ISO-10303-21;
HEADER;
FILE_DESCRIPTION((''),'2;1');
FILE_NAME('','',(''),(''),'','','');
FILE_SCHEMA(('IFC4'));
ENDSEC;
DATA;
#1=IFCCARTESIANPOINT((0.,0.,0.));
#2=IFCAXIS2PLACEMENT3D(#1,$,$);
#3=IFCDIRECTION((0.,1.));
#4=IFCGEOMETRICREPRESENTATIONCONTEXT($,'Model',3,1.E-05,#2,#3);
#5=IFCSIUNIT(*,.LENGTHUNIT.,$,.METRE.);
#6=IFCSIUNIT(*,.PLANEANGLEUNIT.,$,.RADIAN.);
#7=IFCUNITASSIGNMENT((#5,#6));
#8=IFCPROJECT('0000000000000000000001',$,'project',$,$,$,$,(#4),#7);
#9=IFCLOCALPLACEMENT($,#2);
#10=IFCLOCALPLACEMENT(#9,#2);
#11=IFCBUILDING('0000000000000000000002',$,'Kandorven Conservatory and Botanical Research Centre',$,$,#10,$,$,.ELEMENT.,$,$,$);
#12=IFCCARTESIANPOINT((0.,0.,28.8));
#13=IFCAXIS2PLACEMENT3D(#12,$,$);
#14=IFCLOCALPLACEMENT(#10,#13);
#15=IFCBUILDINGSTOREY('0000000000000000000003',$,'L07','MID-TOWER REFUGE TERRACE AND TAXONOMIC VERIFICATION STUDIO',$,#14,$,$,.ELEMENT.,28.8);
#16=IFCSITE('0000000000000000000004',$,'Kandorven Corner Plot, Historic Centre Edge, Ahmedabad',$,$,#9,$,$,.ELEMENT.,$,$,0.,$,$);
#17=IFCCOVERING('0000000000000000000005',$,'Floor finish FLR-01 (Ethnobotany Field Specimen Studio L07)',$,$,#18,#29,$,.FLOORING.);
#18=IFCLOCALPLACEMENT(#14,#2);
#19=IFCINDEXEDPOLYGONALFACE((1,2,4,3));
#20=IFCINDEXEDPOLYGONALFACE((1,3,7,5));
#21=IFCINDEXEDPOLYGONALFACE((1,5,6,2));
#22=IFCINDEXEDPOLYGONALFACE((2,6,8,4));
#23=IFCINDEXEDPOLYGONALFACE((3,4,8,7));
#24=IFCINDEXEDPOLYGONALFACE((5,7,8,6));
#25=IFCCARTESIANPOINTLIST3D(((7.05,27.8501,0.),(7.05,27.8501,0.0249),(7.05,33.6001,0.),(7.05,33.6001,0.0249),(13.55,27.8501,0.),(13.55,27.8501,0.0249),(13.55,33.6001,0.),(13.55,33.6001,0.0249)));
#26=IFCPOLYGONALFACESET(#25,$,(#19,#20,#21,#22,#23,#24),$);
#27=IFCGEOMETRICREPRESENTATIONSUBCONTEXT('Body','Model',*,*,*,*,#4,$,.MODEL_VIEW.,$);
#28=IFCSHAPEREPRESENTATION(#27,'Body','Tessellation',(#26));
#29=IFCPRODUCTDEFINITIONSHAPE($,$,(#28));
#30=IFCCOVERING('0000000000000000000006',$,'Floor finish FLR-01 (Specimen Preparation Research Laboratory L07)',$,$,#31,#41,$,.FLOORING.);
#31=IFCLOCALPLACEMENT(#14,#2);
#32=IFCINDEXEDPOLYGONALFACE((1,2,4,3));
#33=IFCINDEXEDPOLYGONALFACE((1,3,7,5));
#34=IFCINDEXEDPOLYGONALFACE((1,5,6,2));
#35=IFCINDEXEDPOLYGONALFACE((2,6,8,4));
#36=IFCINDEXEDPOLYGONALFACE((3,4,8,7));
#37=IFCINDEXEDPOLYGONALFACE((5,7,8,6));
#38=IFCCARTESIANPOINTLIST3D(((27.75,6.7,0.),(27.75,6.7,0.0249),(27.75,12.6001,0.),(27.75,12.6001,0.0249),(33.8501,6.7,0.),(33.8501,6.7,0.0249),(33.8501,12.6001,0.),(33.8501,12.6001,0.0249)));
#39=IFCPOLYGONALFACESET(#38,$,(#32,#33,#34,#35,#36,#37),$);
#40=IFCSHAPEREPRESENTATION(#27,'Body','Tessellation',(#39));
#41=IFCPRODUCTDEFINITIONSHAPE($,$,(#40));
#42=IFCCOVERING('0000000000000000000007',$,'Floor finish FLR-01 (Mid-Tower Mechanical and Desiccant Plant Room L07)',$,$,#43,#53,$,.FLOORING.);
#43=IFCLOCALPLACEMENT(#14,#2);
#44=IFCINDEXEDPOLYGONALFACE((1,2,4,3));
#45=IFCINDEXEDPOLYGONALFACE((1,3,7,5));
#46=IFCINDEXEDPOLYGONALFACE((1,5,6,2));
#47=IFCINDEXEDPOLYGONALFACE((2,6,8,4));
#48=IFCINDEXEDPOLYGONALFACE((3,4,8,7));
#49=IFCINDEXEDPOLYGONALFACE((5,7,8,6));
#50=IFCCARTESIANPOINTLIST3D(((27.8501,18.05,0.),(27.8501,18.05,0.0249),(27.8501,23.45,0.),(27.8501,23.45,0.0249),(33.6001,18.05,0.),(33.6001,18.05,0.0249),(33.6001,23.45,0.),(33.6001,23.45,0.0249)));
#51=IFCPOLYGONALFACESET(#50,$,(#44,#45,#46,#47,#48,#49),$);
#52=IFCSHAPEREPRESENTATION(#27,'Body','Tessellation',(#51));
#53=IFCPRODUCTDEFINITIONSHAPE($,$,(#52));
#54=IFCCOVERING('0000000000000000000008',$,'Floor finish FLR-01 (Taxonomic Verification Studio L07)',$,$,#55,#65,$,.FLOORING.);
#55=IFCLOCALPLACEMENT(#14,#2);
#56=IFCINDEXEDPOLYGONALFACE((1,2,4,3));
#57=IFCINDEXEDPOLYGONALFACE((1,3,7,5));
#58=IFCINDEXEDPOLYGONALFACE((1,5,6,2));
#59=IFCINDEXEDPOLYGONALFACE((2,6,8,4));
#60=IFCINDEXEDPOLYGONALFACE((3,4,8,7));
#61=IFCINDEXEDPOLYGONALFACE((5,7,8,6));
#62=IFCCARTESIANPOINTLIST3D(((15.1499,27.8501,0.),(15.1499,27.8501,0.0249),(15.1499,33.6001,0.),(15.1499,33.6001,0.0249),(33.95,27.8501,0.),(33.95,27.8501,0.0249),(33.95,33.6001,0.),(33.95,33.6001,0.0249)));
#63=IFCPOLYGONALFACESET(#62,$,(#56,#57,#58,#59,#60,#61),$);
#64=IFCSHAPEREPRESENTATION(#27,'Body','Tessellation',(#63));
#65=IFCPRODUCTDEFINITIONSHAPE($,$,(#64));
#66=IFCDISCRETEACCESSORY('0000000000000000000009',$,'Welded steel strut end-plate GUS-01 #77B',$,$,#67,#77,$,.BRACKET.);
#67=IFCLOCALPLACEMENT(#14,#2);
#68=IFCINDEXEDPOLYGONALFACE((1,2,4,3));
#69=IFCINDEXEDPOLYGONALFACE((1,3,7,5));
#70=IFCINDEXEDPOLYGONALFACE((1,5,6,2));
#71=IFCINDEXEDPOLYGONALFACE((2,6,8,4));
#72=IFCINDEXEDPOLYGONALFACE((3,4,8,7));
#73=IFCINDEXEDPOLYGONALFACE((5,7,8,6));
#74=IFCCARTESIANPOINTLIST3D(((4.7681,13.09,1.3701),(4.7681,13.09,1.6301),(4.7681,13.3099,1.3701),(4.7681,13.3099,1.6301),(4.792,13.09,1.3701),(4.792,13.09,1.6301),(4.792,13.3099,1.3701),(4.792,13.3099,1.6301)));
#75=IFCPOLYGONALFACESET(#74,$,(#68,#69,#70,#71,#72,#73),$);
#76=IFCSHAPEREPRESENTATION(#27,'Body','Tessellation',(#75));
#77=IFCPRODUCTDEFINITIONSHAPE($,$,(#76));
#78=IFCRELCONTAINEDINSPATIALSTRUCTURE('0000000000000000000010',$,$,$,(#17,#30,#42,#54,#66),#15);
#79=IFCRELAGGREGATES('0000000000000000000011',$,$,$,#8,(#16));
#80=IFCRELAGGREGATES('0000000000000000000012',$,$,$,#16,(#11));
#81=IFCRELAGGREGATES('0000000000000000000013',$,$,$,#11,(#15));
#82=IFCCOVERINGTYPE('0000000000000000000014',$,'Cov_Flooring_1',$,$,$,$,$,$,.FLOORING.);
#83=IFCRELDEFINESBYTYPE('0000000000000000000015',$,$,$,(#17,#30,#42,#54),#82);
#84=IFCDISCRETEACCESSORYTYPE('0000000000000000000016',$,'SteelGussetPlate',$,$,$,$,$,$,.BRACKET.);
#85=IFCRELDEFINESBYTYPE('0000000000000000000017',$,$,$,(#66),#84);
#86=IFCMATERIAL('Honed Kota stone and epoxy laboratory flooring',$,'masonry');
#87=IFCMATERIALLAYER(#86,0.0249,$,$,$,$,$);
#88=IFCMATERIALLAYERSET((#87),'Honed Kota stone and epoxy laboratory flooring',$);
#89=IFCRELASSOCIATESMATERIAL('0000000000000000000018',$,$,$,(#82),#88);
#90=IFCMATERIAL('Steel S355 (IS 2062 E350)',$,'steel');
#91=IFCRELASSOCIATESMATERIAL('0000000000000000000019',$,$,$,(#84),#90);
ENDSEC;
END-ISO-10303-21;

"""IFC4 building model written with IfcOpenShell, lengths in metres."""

from ifc_helpers import new_model, si_unit, direction, frame, origin, origin_2d, place, context, subcontext, project, spatial, polyline, rectangle, outline, extrude, material, layer, layer_set, type_object, element, save


model = new_model("IFC4")

# Units and contexts
model_context = context("Model", 3, precision=1e-05, world=origin(), true_north=direction((0.0, 1.0)))
body_context = subcontext(model_context, "Body", "Model", "MODEL_VIEW")
ifc_project = project(units=[si_unit("LENGTHUNIT", "METRE"), si_unit("PLANEANGLEUNIT", "RADIAN")], contexts=[model_context])

# Site, building, storey
site_placement = place(None, origin())
site = spatial("IfcSite", under=ifc_project, at=site_placement, Name="Kandorven Corner Plot, Historic Centre Edge, Ahmedabad", CompositionType="ELEMENT", RefElevation=0.0)
building_placement = place(site_placement, origin())
building = spatial("IfcBuilding", under=site, at=building_placement, Name="Kandorven Conservatory and Botanical Research Centre", CompositionType="ELEMENT")
storey_placement = place(building_placement, frame((0.0, 0.0, 28.8)))
storey = spatial("IfcBuildingStorey", under=building, at=storey_placement, Name="L07", Description="MID-TOWER REFUGE TERRACE AND TAXONOMIC VERIFICATION STUDIO", CompositionType="ELEMENT", Elevation=28.8)

# Coverings
ifc_material_1 = material(Name="Honed Kota stone and epoxy laboratory flooring", Category="masonry")
ifc_layer_1 = layer(ifc_material_1, 0.0249)
ifc_layer_set_1 = layer_set([ifc_layer_1], Name="Honed Kota stone and epoxy laboratory flooring")
covering_type_1 = type_object("IfcCoveringType", Name="Cov_Flooring_1", PredefinedType="FLOORING", material=ifc_layer_set_1)
covering_1_placement = place(storey_placement, origin())
element("IfcCovering", 1, at=covering_1_placement, inside=storey, type_object=covering_type_1, Name="Floor finish FLR-01 (Ethnobotany Field Specimen Studio L07)", PredefinedType="FLOORING", context=body_context, shape_type="SweptSolid", body=[
    extrude(outline(polyline([(7.05, 27.8501), (13.55, 27.8501), (13.55, 33.6001), (7.05, 33.6001), (7.05, 27.8501)])), origin(), (0.0, 0.0, 1.0), 0.0249),
])
covering_2_placement = place(storey_placement, origin())
element("IfcCovering", 2, at=covering_2_placement, inside=storey, type_object=covering_type_1, Name="Floor finish FLR-01 (Specimen Preparation Research Laboratory L07)", PredefinedType="FLOORING", context=body_context, shape_type="SweptSolid", body=[
    extrude(outline(polyline([(27.75, 6.7), (33.8501, 6.7), (33.8501, 12.6001), (27.75, 12.6001), (27.75, 6.7)])), origin(), (0.0, 0.0, 1.0), 0.0249),
])
covering_3_placement = place(storey_placement, origin())
element("IfcCovering", 3, at=covering_3_placement, inside=storey, type_object=covering_type_1, Name="Floor finish FLR-01 (Mid-Tower Mechanical and Desiccant Plant Room L07)", PredefinedType="FLOORING", context=body_context, shape_type="SweptSolid", body=[
    extrude(outline(polyline([(27.8501, 18.05), (33.6001, 18.05), (33.6001, 23.45), (27.8501, 23.45), (27.8501, 18.05)])), origin(), (0.0, 0.0, 1.0), 0.0249),
])
covering_4_placement = place(storey_placement, origin())
element("IfcCovering", 4, at=covering_4_placement, inside=storey, type_object=covering_type_1, Name="Floor finish FLR-01 (Taxonomic Verification Studio L07)", PredefinedType="FLOORING", context=body_context, shape_type="SweptSolid", body=[
    extrude(outline(polyline([(15.1499, 27.8501), (33.95, 27.8501), (33.95, 33.6001), (15.1499, 33.6001), (15.1499, 27.8501)])), origin(), (0.0, 0.0, 1.0), 0.0249),
])

# Discrete accessory
ifc_material_2 = material(Name="Steel S355 (IS 2062 E350)", Category="steel")
discrete_accessory_type = type_object("IfcDiscreteAccessoryType", Name="SteelGussetPlate", PredefinedType="BRACKET", material=ifc_material_2)
discrete_accessory_placement = place(storey_placement, frame((4.78, 13.2, 1.3701), z_axis=(0.0, 0.0, 1.0), x_axis=(1.0, 0.0, 0.0)))
element("IfcDiscreteAccessory", 5, at=discrete_accessory_placement, inside=storey, type_object=discrete_accessory_type, Name="Welded steel strut end-plate GUS-01 #77B", PredefinedType="BRACKET", context=body_context, shape_type="SweptSolid", body=[
    extrude(rectangle(XDim=0.0239, YDim=0.22, at=origin_2d()), origin(), (0.0, 0.0, 1.0), 0.26),
])

save(model, "model.ifc")
